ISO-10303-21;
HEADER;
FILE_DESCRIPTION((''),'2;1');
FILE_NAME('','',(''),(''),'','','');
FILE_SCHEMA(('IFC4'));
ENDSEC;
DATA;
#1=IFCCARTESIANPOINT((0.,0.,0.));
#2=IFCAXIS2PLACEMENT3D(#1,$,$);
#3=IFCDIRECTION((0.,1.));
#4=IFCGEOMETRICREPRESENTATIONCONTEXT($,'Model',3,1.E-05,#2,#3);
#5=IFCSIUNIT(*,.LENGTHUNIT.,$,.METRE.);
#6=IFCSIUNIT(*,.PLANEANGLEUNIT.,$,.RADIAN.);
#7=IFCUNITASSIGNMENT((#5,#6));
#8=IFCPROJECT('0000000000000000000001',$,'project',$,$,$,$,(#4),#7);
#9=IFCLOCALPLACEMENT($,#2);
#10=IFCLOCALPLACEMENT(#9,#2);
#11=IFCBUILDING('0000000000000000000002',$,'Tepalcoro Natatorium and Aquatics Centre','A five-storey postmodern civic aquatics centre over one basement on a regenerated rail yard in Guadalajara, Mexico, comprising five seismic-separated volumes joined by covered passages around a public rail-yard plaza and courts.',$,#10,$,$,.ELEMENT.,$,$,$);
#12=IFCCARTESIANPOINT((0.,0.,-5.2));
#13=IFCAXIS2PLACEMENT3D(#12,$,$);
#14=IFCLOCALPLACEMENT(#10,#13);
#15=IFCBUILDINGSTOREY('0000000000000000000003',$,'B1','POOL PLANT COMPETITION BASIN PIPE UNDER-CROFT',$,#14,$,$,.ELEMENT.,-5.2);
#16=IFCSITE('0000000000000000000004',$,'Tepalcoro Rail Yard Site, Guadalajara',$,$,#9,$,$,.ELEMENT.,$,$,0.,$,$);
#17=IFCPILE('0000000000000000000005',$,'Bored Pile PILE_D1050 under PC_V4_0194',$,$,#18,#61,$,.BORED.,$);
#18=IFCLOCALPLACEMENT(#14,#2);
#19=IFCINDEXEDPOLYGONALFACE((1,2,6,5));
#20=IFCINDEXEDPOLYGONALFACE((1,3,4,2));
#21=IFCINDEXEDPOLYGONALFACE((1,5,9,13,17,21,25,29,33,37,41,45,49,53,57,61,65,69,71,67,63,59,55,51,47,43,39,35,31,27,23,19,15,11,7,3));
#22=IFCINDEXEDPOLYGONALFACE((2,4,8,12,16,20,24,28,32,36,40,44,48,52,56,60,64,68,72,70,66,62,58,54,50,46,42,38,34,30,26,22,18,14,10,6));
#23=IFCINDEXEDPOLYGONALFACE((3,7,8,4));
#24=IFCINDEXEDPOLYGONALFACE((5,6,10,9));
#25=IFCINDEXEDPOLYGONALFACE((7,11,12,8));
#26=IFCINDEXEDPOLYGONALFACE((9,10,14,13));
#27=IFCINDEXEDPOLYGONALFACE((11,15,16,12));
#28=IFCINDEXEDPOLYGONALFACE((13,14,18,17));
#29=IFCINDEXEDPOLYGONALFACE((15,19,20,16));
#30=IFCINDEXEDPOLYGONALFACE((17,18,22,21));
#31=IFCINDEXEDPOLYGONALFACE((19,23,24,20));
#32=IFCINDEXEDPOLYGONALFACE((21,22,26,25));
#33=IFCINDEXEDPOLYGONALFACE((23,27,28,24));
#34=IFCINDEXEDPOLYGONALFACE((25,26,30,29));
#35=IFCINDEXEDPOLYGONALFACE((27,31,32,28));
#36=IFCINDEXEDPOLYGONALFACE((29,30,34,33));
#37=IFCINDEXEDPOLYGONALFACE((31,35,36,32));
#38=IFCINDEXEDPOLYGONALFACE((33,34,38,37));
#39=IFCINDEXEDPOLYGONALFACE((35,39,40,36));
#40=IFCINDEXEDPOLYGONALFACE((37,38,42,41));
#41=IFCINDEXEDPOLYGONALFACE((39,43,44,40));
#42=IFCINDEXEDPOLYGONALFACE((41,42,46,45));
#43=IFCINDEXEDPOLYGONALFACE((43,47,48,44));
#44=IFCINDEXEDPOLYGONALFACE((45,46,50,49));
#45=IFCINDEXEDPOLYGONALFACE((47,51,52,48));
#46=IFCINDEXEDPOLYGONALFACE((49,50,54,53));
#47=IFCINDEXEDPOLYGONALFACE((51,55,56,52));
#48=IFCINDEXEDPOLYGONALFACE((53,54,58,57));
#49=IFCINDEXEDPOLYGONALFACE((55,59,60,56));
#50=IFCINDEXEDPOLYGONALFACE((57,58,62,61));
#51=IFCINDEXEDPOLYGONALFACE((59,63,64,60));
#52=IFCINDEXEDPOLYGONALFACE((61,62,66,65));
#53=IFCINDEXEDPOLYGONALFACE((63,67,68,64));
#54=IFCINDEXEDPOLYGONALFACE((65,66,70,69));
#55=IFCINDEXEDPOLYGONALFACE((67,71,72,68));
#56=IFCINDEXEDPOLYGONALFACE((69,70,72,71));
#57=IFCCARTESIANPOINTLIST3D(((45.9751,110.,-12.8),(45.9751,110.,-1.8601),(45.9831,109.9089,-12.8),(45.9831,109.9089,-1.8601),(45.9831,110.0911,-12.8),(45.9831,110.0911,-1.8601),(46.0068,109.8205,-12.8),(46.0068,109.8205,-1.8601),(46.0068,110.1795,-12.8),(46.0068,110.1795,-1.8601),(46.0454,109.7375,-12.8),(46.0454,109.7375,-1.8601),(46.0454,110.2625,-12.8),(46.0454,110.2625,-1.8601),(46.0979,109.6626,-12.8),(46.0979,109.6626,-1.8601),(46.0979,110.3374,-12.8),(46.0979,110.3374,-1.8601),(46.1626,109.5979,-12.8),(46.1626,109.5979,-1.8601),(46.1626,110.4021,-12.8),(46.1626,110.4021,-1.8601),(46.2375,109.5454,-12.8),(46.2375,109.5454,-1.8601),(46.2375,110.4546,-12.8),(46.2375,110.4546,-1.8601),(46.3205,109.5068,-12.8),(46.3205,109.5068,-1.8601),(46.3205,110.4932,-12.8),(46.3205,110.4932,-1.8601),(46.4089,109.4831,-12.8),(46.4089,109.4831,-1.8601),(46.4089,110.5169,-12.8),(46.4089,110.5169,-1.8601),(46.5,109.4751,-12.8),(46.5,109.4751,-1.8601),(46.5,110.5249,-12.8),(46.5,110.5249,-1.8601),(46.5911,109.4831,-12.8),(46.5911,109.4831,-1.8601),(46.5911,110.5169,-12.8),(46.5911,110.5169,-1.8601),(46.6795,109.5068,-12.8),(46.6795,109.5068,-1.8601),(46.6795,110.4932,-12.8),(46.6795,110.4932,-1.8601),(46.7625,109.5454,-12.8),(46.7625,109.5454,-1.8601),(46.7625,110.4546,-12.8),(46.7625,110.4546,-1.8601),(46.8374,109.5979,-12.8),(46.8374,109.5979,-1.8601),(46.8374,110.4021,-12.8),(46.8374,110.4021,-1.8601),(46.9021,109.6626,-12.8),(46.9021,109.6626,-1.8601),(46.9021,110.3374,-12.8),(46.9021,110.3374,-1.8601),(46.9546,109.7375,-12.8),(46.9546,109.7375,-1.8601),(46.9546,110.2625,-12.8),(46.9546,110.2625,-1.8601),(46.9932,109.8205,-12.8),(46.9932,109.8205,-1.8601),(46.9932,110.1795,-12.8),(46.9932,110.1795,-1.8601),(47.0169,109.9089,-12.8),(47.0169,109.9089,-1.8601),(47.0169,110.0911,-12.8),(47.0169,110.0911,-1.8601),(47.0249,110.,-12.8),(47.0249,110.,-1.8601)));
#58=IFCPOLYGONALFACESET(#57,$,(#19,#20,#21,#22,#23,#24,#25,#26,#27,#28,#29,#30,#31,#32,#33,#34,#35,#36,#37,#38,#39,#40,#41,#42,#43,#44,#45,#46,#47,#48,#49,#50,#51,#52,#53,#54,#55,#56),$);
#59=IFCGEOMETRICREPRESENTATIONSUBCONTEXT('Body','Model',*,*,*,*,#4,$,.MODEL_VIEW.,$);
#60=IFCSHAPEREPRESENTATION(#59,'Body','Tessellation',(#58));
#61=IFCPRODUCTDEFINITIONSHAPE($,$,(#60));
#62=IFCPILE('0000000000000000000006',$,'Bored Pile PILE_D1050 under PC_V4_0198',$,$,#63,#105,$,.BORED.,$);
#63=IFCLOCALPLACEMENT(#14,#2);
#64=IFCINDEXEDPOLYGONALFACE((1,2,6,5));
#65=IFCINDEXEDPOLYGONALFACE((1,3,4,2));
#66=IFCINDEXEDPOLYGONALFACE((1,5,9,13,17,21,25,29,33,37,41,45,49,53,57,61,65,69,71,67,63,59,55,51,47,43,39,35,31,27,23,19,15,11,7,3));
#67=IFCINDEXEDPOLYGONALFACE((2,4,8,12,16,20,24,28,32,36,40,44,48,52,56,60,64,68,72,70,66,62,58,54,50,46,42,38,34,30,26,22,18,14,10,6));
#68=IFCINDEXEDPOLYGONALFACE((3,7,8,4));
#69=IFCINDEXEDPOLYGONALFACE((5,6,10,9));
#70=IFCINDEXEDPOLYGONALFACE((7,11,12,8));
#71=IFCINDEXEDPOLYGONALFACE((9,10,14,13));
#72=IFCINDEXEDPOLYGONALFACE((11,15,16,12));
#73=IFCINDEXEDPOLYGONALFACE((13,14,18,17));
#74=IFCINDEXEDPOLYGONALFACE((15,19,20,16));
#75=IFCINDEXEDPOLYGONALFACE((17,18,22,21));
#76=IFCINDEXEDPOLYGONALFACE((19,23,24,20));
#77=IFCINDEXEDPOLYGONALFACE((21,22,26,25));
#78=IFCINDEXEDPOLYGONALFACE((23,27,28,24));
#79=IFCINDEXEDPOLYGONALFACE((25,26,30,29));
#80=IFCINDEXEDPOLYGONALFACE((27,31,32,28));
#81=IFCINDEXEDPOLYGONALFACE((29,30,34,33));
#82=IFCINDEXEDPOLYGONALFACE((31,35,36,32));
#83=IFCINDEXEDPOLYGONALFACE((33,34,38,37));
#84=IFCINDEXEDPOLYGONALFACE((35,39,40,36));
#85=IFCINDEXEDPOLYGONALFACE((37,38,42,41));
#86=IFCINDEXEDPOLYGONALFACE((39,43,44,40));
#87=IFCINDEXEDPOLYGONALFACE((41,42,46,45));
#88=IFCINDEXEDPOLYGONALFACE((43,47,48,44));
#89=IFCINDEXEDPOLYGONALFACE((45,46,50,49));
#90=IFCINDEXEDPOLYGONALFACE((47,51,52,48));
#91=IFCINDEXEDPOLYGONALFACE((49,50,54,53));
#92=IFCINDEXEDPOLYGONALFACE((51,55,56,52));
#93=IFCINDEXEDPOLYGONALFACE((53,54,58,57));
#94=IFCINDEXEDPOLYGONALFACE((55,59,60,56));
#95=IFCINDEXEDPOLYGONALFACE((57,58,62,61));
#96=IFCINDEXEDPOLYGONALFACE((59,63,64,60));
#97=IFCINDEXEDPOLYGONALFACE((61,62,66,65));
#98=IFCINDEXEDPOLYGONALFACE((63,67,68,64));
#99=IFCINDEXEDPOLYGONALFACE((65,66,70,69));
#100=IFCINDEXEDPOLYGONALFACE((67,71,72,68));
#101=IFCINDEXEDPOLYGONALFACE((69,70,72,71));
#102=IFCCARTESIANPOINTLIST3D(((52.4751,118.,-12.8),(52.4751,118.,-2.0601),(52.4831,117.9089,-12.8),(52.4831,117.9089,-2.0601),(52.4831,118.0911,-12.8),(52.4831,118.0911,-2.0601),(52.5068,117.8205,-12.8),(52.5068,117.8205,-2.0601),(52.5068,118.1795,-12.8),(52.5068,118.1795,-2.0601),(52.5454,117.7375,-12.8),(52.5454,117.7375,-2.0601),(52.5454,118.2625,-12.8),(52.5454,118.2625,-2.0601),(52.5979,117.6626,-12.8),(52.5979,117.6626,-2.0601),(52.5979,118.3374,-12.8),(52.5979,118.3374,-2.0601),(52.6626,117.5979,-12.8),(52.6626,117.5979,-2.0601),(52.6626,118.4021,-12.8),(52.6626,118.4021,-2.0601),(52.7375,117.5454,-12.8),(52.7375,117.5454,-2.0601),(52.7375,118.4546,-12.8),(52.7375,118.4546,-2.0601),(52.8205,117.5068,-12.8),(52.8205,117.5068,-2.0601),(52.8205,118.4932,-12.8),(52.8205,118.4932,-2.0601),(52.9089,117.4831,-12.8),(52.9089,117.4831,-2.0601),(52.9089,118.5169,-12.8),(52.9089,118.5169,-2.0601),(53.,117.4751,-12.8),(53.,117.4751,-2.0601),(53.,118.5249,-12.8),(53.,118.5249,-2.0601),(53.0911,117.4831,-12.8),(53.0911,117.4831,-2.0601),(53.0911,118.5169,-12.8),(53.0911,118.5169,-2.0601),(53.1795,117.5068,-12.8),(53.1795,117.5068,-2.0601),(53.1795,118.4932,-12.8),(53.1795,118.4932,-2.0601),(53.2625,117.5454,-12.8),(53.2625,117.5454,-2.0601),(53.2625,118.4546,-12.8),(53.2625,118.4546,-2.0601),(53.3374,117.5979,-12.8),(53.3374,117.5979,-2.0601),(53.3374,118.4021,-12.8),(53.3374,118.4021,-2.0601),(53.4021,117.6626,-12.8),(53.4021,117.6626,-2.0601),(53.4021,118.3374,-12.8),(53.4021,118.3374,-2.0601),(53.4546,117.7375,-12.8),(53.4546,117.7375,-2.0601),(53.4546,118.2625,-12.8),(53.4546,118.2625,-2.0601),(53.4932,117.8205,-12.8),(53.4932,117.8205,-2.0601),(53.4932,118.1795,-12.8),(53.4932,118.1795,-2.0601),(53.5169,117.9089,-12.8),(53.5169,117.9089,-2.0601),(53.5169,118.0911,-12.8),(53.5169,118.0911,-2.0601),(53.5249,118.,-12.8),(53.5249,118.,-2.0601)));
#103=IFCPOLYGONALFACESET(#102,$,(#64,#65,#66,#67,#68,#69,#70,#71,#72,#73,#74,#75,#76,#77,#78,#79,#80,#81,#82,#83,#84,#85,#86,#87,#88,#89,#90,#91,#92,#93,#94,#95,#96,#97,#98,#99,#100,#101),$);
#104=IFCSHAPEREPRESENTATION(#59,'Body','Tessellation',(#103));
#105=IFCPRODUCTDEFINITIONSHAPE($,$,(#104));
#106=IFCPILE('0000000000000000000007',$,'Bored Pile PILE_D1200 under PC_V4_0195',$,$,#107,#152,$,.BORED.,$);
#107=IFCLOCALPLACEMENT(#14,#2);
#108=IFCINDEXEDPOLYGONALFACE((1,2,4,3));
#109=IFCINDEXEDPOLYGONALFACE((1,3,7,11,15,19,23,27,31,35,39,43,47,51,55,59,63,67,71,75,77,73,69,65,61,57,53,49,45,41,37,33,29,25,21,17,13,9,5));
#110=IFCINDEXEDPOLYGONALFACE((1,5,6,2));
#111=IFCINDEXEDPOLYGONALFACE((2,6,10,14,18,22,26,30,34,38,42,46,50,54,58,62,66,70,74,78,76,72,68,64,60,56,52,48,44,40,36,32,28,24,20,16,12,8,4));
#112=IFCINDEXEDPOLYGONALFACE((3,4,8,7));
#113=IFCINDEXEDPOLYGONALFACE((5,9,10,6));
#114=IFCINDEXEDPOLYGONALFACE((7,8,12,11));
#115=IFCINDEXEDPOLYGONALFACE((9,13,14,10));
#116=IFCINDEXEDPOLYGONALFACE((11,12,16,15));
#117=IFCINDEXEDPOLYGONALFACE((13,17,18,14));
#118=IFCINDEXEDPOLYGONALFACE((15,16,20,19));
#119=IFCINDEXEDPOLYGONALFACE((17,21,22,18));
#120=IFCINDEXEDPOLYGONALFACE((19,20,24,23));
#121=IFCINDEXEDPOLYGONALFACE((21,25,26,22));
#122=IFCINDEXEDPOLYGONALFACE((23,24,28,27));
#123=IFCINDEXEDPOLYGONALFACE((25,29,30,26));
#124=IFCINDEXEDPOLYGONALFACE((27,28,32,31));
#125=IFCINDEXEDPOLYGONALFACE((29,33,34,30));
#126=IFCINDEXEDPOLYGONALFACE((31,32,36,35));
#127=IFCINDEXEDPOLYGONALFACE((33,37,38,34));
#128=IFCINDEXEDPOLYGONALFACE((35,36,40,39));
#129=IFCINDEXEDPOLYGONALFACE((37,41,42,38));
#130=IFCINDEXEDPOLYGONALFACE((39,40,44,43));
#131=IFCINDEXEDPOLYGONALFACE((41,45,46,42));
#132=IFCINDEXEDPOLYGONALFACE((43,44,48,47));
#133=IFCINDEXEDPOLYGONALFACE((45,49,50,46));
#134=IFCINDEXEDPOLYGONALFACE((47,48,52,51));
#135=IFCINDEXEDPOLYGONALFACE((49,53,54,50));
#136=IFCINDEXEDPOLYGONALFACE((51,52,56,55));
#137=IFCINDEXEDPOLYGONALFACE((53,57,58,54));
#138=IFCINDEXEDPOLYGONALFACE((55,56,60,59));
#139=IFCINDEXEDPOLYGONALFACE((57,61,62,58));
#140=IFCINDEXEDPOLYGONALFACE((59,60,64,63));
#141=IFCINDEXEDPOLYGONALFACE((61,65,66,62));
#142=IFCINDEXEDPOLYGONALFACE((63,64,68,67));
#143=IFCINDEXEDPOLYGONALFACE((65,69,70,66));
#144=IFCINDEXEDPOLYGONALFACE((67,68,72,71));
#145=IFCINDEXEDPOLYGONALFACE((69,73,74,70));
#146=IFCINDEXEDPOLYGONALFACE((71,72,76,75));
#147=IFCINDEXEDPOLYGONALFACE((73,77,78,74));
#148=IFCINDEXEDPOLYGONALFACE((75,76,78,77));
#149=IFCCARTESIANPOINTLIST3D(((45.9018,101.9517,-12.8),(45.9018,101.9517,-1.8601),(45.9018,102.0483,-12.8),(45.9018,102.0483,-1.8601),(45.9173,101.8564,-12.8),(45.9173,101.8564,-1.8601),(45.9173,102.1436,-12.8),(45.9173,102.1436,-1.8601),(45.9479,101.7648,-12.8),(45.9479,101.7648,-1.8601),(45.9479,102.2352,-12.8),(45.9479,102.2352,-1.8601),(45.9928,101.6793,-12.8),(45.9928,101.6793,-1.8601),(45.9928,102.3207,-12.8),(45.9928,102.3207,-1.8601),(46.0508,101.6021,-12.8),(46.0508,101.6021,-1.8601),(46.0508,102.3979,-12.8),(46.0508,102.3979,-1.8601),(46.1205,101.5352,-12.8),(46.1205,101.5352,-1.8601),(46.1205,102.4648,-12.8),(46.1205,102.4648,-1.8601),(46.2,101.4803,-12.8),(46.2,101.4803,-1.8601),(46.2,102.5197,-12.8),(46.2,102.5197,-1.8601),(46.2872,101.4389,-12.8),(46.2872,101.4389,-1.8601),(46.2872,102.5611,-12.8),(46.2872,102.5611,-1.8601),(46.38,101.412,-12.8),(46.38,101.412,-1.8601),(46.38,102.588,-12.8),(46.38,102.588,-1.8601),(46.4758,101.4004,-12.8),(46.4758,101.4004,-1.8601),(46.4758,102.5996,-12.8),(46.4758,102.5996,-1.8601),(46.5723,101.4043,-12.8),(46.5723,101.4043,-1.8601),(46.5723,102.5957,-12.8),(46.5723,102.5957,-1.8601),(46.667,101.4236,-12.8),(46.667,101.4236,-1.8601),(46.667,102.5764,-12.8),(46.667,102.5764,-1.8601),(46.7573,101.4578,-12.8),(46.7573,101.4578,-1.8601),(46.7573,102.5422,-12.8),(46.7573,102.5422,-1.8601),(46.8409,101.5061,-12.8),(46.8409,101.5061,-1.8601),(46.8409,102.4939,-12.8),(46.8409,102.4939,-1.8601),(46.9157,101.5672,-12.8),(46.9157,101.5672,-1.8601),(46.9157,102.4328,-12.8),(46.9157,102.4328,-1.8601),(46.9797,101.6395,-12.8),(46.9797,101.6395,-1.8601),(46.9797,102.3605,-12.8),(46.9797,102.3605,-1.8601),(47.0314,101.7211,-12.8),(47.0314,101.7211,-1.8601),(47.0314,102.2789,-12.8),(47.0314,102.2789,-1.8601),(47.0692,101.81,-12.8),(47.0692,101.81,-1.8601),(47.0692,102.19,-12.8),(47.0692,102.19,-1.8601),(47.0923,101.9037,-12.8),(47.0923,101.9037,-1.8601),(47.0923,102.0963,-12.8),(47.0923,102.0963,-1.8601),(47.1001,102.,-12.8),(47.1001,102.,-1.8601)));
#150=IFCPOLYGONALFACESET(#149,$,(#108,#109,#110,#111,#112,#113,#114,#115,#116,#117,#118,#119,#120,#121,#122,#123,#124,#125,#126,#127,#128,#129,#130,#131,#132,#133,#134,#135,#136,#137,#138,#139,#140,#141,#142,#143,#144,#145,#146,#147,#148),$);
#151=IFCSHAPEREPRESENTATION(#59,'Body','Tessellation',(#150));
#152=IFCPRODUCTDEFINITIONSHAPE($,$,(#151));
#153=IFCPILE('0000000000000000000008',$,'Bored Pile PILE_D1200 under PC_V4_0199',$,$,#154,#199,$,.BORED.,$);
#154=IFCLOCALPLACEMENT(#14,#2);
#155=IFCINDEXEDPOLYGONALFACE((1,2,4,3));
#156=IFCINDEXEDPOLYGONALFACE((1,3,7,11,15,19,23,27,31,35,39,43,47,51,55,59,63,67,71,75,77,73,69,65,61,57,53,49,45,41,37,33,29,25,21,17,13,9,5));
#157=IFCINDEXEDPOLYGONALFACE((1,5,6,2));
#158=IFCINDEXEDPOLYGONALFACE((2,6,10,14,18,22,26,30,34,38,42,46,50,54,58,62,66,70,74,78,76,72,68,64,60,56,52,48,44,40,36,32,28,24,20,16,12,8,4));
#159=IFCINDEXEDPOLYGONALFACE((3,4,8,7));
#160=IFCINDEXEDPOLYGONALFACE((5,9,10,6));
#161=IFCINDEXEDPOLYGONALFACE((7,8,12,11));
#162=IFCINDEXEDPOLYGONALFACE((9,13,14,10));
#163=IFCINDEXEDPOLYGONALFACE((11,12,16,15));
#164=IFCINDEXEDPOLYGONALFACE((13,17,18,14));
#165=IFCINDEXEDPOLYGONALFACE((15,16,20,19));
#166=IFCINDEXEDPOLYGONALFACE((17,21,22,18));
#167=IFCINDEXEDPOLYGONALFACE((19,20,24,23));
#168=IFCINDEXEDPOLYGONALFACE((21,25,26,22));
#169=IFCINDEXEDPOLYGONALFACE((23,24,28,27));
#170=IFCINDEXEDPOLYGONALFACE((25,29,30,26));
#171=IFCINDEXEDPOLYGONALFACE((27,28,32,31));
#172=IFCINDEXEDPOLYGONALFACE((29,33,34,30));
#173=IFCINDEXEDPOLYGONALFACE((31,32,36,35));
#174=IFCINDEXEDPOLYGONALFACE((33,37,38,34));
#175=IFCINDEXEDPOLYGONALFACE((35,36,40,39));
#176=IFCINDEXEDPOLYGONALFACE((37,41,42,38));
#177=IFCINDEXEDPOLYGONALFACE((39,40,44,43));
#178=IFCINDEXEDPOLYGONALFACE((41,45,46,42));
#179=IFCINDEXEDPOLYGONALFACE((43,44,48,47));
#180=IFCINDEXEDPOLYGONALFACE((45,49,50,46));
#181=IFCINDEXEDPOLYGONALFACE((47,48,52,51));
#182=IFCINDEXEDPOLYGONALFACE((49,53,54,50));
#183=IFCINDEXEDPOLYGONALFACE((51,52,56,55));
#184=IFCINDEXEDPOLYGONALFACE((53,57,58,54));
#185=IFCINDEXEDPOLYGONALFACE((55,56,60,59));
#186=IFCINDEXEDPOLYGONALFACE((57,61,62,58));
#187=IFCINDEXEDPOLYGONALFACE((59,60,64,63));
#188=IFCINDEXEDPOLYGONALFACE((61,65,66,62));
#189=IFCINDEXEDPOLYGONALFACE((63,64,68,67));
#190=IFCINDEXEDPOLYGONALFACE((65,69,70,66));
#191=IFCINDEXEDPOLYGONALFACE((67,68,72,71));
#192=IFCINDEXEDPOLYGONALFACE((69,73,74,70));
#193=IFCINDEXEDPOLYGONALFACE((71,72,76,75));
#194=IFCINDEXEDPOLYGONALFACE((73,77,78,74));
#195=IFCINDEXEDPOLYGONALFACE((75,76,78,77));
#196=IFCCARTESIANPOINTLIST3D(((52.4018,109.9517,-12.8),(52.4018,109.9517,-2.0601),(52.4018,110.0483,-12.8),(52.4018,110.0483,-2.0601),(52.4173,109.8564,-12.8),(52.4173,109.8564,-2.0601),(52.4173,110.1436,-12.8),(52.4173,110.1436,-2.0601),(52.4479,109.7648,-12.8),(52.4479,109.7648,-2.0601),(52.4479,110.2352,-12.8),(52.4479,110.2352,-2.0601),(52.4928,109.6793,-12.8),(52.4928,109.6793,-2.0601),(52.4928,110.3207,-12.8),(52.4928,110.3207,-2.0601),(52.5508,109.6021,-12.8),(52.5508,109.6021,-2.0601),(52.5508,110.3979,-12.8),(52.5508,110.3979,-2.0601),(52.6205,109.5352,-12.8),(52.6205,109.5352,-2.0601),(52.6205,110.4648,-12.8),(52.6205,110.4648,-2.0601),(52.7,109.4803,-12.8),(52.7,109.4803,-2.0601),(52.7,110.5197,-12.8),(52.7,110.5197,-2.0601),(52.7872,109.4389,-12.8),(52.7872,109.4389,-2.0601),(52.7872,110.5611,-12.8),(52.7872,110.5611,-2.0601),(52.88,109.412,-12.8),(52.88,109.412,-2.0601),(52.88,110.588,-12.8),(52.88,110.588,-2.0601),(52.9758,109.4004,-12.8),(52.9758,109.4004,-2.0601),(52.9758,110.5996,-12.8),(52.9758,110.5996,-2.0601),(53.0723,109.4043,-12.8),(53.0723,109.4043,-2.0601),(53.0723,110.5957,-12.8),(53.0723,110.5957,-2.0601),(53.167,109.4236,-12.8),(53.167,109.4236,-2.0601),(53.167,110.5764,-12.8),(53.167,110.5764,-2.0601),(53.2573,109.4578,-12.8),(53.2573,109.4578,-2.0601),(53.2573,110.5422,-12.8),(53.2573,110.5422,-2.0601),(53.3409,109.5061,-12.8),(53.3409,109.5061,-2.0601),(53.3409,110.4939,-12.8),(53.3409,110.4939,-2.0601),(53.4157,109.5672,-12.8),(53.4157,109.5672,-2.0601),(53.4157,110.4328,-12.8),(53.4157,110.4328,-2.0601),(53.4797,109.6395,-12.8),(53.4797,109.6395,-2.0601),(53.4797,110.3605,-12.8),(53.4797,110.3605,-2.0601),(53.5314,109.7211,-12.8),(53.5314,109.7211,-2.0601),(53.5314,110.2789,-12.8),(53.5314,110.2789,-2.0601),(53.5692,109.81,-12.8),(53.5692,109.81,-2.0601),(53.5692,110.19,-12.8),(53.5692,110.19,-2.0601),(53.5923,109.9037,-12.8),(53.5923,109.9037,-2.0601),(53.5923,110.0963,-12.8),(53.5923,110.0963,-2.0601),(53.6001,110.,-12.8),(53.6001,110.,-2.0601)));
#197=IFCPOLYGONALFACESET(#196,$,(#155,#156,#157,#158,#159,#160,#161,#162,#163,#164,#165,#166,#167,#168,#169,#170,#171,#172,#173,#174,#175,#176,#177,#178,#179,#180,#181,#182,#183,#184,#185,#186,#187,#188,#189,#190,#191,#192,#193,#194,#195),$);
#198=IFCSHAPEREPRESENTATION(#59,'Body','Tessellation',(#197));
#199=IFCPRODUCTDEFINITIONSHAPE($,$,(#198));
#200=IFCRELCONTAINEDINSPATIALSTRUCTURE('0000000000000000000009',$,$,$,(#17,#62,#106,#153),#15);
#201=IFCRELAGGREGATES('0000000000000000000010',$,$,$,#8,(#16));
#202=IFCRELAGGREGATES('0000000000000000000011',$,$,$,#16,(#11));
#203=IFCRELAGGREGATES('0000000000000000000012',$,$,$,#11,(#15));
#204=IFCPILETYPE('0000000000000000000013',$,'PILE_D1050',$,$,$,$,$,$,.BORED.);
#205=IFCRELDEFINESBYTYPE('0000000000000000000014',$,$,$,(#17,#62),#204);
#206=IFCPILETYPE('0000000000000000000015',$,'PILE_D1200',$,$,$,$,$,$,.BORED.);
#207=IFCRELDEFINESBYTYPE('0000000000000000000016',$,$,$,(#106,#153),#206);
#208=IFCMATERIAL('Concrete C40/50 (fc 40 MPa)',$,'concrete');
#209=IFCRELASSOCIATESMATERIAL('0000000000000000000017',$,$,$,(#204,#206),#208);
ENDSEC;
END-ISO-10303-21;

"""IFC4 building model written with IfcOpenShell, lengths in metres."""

from ifc_helpers import new_model, si_unit, direction, frame, origin, origin_2d, place, context, subcontext, project, spatial, circle, extrude, material, material_profile, profile_set, type_object, element, save


model = new_model("IFC4")

# Units and contexts
model_context = context("Model", 3, precision=1e-05, world=origin(), true_north=direction((0.0, 1.0)))
body_context = subcontext(model_context, "Body", "Model", "MODEL_VIEW")
ifc_project = project(units=[si_unit("LENGTHUNIT", "METRE"), si_unit("PLANEANGLEUNIT", "RADIAN")], contexts=[model_context])

# Site, building, storey
site_placement = place(None, origin())
site = spatial("IfcSite", under=ifc_project, at=site_placement, Name="Tepalcoro Rail Yard Site, Guadalajara", CompositionType="ELEMENT", RefElevation=0.0)
building_placement = place(site_placement, origin())
building = spatial("IfcBuilding", under=site, at=building_placement, Name="Tepalcoro Natatorium and Aquatics Centre", Description="A five-storey postmodern civic aquatics centre over one basement on a regenerated rail yard in Guadalajara, Mexico, comprising five seismic-separated volumes joined by covered passages around a public rail-yard plaza and courts.", CompositionType="ELEMENT")
storey_placement = place(building_placement, frame((0.0, 0.0, -5.2)))
storey = spatial("IfcBuildingStorey", under=building, at=storey_placement, Name="B1", Description="POOL PLANT COMPETITION BASIN PIPE UNDER-CROFT", CompositionType="ELEMENT", Elevation=-5.2)

# Piles
ifc_material_1 = material(Name="Concrete C40/50 (fc 40 MPa)", Category="concrete")
ifc_material_profile_1 = material_profile(ifc_material_1, circle(Radius=0.5249, at=origin_2d()), Name="PILE_D1050")
ifc_profile_set_1 = profile_set([ifc_material_profile_1], Name="Concrete C40/50 (fc 40 MPa)")
pile_type_1 = type_object("IfcPileType", Name="PILE_D1050", PredefinedType="BORED", material=ifc_profile_set_1)
pile_1_placement = place(storey_placement, frame((46.5, 110.0, -1.8601), z_axis=(0.0, 0.0, -1.0), x_axis=(1.0, 0.0, 0.0)))
element("IfcPile", 1, at=pile_1_placement, inside=storey, type_object=pile_type_1, Name="Bored Pile PILE_D1050 under PC_V4_0194", PredefinedType="BORED", context=body_context, shape_type="SweptSolid", body=[
    extrude(circle(Radius=0.5249, at=origin_2d()), origin(), (0.0, 0.0, 1.0), 10.9399),
])
pile_2_placement = place(storey_placement, frame((53.0, 118.0, -2.0601), z_axis=(0.0, 0.0, -1.0), x_axis=(1.0, 0.0, 0.0)))
element("IfcPile", 2, at=pile_2_placement, inside=storey, type_object=pile_type_1, Name="Bored Pile PILE_D1050 under PC_V4_0198", PredefinedType="BORED", context=body_context, shape_type="SweptSolid", body=[
    extrude(circle(Radius=0.5249, at=origin_2d()), origin(), (0.0, 0.0, 1.0), 10.74),
])
ifc_material_profile_2 = material_profile(ifc_material_1, circle(Radius=0.6001, at=origin_2d()), Name="PILE_D1200")
ifc_profile_set_2 = profile_set([ifc_material_profile_2], Name="Concrete C40/50 (fc 40 MPa)")
pile_type_2 = type_object("IfcPileType", Name="PILE_D1200", PredefinedType="BORED", material=ifc_profile_set_2)
pile_3_placement = place(storey_placement, frame((46.5, 102.0, -1.8601), z_axis=(0.0, 0.0, -1.0), x_axis=(1.0, 0.0, 0.0)))
element("IfcPile", 3, at=pile_3_placement, inside=storey, type_object=pile_type_2, Name="Bored Pile PILE_D1200 under PC_V4_0195", PredefinedType="BORED", context=body_context, shape_type="SweptSolid", body=[
    extrude(circle(Radius=0.6001, at=origin_2d()), origin(), (0.0, 0.0, 1.0), 10.9399),
])
pile_4_placement = place(storey_placement, frame((53.0, 110.0, -2.0601), z_axis=(0.0, 0.0, -1.0), x_axis=(1.0, 0.0, 0.0)))
element("IfcPile", 4, at=pile_4_placement, inside=storey, type_object=pile_type_2, Name="Bored Pile PILE_D1200 under PC_V4_0199", PredefinedType="BORED", context=body_context, shape_type="SweptSolid", body=[
    extrude(circle(Radius=0.6001, at=origin_2d()), origin(), (0.0, 0.0, 1.0), 10.74),
])

save(model, "model.ifc")
